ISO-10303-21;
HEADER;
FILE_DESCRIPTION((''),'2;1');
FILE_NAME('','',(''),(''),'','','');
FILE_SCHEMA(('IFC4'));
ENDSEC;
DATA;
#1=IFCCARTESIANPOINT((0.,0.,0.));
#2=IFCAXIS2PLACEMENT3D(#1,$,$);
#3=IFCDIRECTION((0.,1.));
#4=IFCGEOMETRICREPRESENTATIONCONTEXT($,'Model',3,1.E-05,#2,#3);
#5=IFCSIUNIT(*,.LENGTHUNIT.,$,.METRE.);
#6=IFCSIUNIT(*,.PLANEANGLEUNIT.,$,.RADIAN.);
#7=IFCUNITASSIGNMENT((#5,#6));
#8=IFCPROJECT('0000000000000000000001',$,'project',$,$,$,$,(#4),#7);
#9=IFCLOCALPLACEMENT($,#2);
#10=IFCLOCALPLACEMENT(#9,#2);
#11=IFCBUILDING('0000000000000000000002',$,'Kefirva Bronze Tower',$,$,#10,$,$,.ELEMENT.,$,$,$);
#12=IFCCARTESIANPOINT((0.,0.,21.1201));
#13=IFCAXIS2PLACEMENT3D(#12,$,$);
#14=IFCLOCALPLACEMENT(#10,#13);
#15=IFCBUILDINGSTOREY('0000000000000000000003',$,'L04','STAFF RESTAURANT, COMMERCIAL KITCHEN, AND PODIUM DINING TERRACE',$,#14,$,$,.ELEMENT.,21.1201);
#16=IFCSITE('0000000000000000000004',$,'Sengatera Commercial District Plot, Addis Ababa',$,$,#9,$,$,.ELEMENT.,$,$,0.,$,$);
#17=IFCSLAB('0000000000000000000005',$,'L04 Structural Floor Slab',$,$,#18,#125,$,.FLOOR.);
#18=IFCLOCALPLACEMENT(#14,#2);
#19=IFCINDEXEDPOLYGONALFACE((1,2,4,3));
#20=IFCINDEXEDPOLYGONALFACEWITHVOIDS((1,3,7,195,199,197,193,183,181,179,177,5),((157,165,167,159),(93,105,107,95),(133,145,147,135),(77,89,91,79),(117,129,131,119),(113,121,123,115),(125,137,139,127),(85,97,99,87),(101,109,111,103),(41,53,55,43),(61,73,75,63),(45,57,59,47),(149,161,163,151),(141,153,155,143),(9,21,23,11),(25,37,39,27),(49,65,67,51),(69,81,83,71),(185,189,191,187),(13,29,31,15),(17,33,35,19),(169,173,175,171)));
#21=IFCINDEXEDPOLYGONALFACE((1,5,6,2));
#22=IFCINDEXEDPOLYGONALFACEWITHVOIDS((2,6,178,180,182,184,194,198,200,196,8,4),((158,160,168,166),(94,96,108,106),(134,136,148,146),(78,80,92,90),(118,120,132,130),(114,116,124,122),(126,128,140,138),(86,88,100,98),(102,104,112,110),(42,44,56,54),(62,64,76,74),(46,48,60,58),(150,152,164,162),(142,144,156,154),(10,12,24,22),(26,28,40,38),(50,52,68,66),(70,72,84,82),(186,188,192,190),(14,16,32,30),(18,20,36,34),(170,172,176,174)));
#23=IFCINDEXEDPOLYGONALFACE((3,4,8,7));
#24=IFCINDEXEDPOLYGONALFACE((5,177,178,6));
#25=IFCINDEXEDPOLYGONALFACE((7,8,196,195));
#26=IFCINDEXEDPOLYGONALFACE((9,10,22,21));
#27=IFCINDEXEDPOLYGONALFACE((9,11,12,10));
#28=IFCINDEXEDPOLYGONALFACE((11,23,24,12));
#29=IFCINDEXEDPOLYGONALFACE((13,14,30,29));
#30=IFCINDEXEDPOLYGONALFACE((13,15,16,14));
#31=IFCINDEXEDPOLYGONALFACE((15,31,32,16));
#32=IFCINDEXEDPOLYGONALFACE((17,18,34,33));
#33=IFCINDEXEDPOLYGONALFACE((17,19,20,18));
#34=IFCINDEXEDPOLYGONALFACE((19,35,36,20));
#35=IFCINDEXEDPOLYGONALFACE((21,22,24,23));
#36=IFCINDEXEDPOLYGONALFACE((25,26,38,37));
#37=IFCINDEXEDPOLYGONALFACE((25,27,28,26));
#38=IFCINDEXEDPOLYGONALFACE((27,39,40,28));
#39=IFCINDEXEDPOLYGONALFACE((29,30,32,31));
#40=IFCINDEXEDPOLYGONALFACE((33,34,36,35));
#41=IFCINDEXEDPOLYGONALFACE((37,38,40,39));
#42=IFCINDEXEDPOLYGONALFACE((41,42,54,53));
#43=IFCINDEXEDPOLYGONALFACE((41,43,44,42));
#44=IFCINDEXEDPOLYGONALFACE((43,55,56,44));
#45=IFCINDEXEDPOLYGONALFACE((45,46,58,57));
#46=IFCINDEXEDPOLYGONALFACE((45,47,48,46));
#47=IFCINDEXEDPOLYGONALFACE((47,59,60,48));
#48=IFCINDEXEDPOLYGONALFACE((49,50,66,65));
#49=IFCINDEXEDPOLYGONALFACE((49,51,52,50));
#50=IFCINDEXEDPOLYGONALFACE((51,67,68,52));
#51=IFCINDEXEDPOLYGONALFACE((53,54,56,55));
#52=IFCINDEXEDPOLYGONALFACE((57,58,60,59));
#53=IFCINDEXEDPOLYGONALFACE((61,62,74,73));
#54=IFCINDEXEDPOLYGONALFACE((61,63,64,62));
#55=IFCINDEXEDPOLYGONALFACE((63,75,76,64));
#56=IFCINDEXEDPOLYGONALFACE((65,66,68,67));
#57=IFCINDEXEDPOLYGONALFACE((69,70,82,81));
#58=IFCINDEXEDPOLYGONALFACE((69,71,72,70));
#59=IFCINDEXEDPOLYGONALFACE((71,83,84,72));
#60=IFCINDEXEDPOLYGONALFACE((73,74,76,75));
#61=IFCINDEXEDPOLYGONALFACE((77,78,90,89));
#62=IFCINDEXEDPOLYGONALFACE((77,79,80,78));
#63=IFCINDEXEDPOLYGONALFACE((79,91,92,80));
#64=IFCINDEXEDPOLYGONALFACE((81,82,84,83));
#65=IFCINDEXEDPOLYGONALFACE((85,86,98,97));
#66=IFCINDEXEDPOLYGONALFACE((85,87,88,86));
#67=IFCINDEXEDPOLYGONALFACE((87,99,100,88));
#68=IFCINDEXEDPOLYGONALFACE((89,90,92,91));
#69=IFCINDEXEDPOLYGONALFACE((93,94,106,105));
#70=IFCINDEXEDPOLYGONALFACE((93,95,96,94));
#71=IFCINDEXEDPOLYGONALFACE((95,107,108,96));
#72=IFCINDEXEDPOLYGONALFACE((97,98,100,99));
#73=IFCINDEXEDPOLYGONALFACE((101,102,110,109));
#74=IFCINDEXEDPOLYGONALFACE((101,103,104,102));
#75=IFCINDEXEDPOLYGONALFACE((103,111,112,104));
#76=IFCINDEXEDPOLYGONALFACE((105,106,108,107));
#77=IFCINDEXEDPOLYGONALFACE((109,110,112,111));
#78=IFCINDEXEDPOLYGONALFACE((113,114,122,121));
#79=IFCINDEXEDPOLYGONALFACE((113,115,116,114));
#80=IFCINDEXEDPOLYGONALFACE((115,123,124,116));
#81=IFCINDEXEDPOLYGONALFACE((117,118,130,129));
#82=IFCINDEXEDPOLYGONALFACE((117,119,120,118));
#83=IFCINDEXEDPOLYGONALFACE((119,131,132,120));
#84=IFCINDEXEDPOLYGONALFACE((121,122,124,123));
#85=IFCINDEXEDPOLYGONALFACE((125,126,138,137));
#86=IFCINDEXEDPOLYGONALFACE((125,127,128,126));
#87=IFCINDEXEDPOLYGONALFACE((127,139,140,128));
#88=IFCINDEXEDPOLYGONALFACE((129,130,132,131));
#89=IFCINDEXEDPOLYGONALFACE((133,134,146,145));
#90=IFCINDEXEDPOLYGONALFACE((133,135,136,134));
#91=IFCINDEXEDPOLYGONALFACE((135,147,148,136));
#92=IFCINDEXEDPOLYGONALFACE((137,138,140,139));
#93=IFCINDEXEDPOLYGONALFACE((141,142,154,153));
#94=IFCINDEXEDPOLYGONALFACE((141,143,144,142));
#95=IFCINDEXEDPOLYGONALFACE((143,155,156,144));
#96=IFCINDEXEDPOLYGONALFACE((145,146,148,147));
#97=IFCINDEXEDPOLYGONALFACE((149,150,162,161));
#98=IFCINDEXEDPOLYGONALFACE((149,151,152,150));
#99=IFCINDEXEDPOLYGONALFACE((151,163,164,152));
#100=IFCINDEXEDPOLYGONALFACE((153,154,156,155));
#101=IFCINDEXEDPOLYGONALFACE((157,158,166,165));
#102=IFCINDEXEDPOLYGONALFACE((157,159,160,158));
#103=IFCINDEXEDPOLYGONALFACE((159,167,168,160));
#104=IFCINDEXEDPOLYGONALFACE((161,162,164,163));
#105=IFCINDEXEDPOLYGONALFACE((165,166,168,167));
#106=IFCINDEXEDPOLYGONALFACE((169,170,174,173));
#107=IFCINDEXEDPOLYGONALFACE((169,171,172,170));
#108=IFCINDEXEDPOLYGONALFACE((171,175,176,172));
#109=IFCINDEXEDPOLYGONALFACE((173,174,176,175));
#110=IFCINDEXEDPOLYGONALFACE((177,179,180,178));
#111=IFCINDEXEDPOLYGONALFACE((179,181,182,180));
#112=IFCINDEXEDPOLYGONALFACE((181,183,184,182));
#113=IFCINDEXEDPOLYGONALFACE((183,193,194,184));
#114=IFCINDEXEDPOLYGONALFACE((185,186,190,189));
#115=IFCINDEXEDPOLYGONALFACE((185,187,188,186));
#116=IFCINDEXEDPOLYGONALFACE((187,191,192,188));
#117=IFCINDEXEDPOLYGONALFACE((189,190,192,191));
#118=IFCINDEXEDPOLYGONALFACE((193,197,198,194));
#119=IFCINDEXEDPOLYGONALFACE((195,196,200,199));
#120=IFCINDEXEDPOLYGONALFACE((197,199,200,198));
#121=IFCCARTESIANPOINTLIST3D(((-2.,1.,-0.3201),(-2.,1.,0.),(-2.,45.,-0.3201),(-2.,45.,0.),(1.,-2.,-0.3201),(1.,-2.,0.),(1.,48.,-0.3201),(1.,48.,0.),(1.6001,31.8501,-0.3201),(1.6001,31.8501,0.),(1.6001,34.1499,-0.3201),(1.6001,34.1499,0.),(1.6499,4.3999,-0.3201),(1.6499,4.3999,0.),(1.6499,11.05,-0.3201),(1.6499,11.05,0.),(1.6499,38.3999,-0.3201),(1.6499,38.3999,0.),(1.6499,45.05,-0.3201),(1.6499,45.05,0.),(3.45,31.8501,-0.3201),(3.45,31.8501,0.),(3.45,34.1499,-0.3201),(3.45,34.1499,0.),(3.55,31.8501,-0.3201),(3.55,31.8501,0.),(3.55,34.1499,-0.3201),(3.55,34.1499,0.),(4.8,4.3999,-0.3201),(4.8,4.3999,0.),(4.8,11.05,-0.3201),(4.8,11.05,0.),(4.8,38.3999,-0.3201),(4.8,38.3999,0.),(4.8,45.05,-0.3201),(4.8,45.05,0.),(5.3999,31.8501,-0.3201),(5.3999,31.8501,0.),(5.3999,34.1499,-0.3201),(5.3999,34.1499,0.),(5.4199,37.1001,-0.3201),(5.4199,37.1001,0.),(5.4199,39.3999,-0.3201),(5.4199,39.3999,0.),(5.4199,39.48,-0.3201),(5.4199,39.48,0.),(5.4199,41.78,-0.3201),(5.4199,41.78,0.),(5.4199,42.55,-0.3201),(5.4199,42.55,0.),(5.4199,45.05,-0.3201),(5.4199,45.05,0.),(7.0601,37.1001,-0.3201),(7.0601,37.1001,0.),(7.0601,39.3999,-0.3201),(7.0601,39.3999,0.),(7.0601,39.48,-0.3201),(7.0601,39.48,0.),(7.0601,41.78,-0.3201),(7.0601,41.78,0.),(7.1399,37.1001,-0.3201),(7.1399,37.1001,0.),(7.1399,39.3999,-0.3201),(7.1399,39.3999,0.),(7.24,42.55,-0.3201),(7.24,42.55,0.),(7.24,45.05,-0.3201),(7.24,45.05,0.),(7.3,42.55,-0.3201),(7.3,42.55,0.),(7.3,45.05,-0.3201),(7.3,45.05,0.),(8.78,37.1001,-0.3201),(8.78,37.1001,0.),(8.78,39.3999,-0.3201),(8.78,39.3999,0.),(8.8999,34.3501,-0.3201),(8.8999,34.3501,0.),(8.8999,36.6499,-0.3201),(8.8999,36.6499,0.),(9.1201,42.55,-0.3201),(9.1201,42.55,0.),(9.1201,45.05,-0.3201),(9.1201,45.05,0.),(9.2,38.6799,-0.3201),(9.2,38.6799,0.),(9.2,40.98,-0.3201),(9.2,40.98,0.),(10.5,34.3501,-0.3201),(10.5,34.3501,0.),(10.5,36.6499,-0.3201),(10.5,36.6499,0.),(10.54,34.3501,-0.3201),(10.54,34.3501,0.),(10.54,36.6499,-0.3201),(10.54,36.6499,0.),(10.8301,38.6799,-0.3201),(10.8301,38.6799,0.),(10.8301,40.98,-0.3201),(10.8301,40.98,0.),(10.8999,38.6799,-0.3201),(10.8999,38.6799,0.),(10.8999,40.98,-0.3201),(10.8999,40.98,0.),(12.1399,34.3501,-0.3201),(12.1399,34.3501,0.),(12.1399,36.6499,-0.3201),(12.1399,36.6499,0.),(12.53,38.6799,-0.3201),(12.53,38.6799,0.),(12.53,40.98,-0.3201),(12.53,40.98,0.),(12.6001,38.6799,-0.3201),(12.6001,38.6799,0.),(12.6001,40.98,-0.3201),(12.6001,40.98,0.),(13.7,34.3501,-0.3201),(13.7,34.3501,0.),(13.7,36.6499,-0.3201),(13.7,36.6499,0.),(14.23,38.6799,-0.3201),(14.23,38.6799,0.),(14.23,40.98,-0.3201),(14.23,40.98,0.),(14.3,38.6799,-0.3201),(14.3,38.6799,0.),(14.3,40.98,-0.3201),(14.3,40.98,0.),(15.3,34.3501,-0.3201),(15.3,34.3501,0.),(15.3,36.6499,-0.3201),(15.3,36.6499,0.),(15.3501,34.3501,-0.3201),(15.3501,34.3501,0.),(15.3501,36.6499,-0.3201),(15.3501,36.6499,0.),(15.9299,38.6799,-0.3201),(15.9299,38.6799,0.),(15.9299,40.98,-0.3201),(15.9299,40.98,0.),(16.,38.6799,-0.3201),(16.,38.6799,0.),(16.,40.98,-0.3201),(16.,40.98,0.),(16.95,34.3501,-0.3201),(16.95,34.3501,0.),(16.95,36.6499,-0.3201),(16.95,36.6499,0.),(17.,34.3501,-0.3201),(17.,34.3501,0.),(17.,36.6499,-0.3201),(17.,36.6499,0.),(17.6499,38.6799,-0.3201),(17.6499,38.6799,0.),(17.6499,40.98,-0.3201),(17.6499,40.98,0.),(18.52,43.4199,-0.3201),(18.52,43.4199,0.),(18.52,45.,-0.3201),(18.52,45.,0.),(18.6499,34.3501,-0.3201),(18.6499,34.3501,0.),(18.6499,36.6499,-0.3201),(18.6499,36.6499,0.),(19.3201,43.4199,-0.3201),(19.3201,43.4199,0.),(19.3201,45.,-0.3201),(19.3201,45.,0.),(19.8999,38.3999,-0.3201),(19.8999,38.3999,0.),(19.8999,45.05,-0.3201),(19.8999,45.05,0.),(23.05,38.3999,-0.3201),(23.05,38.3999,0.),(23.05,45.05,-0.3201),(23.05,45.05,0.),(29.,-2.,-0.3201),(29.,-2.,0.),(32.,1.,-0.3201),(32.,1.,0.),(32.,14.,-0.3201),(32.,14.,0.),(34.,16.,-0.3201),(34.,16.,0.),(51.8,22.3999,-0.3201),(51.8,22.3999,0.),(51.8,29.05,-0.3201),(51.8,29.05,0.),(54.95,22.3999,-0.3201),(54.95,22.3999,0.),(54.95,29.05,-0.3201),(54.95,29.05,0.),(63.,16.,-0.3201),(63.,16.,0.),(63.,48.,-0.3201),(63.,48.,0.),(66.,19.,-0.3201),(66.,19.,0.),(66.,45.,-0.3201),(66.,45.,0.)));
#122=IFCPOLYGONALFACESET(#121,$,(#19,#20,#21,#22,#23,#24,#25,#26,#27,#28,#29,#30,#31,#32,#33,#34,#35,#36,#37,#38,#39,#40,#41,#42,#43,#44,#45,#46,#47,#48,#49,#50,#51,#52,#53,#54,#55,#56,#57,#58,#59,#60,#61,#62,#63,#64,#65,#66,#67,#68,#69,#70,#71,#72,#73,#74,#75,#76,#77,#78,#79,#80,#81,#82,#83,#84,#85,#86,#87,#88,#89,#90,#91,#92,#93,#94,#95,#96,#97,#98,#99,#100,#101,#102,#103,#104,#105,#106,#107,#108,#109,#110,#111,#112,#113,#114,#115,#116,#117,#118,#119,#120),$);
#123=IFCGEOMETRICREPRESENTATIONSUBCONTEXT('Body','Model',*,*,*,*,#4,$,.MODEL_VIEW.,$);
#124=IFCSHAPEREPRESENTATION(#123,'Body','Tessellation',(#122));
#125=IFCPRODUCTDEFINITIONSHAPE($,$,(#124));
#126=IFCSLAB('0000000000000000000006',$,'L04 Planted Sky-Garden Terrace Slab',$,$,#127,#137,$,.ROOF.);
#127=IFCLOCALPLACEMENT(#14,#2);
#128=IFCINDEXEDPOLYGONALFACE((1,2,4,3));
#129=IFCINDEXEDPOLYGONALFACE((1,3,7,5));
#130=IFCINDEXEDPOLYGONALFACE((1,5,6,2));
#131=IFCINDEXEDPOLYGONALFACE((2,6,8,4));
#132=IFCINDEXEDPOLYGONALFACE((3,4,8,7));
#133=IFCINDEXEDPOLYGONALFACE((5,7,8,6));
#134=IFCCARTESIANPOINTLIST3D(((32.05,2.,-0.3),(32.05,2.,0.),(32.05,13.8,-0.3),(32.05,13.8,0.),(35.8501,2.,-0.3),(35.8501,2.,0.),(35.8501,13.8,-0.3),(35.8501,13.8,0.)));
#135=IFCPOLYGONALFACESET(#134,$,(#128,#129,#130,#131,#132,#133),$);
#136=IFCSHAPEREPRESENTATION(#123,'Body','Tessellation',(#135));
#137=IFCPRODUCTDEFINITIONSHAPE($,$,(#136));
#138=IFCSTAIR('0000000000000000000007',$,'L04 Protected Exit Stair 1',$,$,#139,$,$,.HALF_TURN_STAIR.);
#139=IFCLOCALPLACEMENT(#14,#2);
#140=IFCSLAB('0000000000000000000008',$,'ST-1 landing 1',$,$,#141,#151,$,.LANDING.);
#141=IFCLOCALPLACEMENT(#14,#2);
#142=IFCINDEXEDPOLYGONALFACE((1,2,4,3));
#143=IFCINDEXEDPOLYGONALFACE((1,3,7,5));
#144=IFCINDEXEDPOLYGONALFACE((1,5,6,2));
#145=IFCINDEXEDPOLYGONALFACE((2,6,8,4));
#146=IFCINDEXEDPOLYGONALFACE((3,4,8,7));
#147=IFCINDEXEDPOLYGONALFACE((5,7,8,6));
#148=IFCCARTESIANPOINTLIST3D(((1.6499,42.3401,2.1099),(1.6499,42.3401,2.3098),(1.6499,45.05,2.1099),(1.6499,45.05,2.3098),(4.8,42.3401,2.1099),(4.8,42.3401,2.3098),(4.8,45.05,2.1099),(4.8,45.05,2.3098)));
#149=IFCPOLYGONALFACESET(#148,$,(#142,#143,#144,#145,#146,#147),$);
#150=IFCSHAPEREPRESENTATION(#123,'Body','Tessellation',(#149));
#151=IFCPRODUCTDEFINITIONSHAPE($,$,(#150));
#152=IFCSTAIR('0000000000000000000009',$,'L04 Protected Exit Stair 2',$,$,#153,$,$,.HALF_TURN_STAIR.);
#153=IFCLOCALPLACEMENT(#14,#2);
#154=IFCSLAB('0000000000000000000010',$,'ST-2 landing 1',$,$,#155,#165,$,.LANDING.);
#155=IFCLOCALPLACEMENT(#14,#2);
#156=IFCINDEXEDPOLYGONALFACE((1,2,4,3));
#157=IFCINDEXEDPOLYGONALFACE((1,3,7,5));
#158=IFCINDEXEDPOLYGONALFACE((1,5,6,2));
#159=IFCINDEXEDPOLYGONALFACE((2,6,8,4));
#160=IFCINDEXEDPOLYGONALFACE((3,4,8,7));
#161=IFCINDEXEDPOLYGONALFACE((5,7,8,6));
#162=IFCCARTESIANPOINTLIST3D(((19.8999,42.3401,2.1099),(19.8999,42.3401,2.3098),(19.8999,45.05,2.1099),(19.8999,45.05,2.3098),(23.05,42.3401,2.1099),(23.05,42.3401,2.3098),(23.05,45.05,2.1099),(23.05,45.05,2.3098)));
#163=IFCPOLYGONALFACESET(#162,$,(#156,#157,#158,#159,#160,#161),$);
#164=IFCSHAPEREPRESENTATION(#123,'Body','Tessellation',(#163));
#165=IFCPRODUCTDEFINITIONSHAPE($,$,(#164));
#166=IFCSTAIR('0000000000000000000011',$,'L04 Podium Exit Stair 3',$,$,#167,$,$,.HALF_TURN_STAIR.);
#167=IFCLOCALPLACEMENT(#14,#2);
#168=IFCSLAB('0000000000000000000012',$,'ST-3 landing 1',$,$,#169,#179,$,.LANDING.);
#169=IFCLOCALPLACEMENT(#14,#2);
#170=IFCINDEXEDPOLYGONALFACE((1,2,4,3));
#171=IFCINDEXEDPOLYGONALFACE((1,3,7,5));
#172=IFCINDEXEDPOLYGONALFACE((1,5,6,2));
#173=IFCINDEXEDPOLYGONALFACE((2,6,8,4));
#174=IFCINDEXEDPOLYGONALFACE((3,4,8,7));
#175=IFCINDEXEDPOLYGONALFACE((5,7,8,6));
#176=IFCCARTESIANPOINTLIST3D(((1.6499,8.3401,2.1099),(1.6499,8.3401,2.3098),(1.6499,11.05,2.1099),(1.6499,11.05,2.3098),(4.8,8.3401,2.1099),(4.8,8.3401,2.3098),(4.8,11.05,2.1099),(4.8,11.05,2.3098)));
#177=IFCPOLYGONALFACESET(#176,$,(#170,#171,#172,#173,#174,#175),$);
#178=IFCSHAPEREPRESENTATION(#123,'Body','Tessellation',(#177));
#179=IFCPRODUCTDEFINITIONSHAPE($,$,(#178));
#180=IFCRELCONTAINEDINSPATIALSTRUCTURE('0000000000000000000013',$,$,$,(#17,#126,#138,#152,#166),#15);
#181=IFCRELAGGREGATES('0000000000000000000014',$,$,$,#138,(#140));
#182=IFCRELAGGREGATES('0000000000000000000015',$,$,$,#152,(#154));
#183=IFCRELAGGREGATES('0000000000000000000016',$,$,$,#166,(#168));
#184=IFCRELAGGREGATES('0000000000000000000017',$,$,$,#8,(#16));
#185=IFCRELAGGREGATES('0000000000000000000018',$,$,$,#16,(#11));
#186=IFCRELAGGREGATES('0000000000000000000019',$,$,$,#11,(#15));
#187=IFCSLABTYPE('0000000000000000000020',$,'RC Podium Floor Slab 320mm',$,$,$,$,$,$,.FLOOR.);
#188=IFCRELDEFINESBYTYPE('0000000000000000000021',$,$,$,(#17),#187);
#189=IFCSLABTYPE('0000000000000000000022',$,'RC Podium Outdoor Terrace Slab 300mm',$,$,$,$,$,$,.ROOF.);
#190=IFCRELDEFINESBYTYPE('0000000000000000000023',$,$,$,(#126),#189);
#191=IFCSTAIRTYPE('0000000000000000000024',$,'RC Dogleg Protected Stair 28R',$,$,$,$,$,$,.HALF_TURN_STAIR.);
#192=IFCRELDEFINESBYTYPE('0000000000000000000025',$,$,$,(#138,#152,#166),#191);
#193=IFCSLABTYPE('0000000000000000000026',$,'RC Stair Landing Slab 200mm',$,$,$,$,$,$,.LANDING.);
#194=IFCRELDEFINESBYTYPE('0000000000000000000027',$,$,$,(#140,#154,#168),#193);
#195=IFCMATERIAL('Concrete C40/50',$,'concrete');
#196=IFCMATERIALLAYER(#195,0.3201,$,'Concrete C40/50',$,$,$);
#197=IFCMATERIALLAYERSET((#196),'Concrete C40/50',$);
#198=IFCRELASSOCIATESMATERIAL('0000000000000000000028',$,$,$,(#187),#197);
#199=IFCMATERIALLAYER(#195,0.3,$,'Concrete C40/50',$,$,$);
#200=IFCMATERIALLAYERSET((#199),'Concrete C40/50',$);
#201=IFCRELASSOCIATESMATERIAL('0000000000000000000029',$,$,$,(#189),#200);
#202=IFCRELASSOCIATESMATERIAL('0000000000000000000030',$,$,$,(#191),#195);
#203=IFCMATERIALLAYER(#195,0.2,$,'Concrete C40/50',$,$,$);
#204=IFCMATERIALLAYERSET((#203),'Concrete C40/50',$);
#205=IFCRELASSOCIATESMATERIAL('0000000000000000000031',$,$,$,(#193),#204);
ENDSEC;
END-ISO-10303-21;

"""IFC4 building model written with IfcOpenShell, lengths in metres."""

from ifc_helpers import new_model, si_unit, direction, frame, origin, place, context, subcontext, project, spatial, polyline, outline, extrude, material, layer, layer_set, type_object, element, aggregate, save


model = new_model("IFC4")

# Units and contexts
model_context = context("Model", 3, precision=1e-05, world=origin(), true_north=direction((0.0, 1.0)))
body_context = subcontext(model_context, "Body", "Model", "MODEL_VIEW")
ifc_project = project(units=[si_unit("LENGTHUNIT", "METRE"), si_unit("PLANEANGLEUNIT", "RADIAN")], contexts=[model_context])

# Site, building, storey
site_placement = place(None, origin())
site = spatial("IfcSite", under=ifc_project, at=site_placement, Name="Sengatera Commercial District Plot, Addis Ababa", CompositionType="ELEMENT", RefElevation=0.0)
building_placement = place(site_placement, origin())
building = spatial("IfcBuilding", under=site, at=building_placement, Name="Kefirva Bronze Tower", CompositionType="ELEMENT")
storey_placement = place(building_placement, frame((0.0, 0.0, 21.1201)))
storey = spatial("IfcBuildingStorey", under=building, at=storey_placement, Name="L04", Description="STAFF RESTAURANT, COMMERCIAL KITCHEN, AND PODIUM DINING TERRACE", CompositionType="ELEMENT", Elevation=21.1201)

# Slabs
ifc_material_1 = material(Name="Concrete C40/50", Category="concrete")
ifc_layer_1 = layer(ifc_material_1, 0.3201, Name="Concrete C40/50")
ifc_layer_set_1 = layer_set([ifc_layer_1], Name="Concrete C40/50")
slab_type_1 = type_object("IfcSlabType", Name="RC Podium Floor Slab 320mm", PredefinedType="FLOOR", material=ifc_layer_set_1)
slab_1_placement = place(storey_placement, frame((0.0, 0.0, -0.3201)))
element("IfcSlab", 1, at=slab_1_placement, inside=storey, type_object=slab_type_1, Name="L04 Structural Floor Slab", PredefinedType="FLOOR", context=body_context, shape_type="SweptSolid", body=[
    extrude(outline(polyline([(-2.0, 1.0), (-2.0, 45.0), (1.0, 48.0), (63.0, 48.0), (66.0, 45.0), (66.0, 19.0), (63.0, 16.0), (34.0, 16.0), (32.0, 14.0), (32.0, 1.0), (29.0, -2.0), (1.0, -2.0), (-2.0, 1.0)]), holes=[polyline([(54.95, 22.3999), (54.95, 29.05), (51.8, 29.05), (51.8, 22.3999), (54.95, 22.3999)]), polyline([(19.8999, 38.3999), (23.05, 38.3999), (23.05, 45.05), (19.8999, 45.05), (19.8999, 38.3999)]), polyline([(18.52, 43.4199), (19.3201, 43.4199), (19.3201, 45.0), (18.52, 45.0), (18.52, 43.4199)]), polyline([(17.0, 34.3501), (18.6499, 34.3501), (18.6499, 36.6499), (17.0, 36.6499), (17.0, 34.3501)]), polyline([(17.6499, 38.6799), (17.6499, 40.98), (16.0, 40.98), (16.0, 38.6799), (17.6499, 38.6799)]), polyline([(15.3501, 34.3501), (16.95, 34.3501), (16.95, 36.6499), (15.3501, 36.6499), (15.3501, 34.3501)]), polyline([(14.3, 38.6799), (15.9299, 38.6799), (15.9299, 40.98), (14.3, 40.98), (14.3, 38.6799)]), polyline([(15.3, 34.3501), (15.3, 36.6499), (13.7, 36.6499), (13.7, 34.3501), (15.3, 34.3501)]), polyline([(12.6001, 38.6799), (14.23, 38.6799), (14.23, 40.98), (12.6001, 40.98), (12.6001, 38.6799)]), polyline([(12.53, 38.6799), (12.53, 40.98), (10.8999, 40.98), (10.8999, 38.6799), (12.53, 38.6799)]), polyline([(12.1399, 34.3501), (12.1399, 36.6499), (10.54, 36.6499), (10.54, 34.3501), (12.1399, 34.3501)]), polyline([(9.2, 38.6799), (10.8301, 38.6799), (10.8301, 40.98), (9.2, 40.98), (9.2, 38.6799)]), polyline([(8.8999, 34.3501), (10.5, 34.3501), (10.5, 36.6499), (8.8999, 36.6499), (8.8999, 34.3501)]), polyline([(7.3, 42.55), (9.1201, 42.55), (9.1201, 45.05), (7.3, 45.05), (7.3, 42.55)]), polyline([(8.78, 37.1001), (8.78, 39.3999), (7.1399, 39.3999), (7.1399, 37.1001), (8.78, 37.1001)]), polyline([(5.4199, 42.55), (7.24, 42.55), (7.24, 45.05), (5.4199, 45.05), (5.4199, 42.55)]), polyline([(5.4199, 39.48), (7.0601, 39.48), (7.0601, 41.78), (5.4199, 41.78), (5.4199, 39.48)]), polyline([(5.4199, 37.1001), (7.0601, 37.1001), (7.0601, 39.3999), (5.4199, 39.3999), (5.4199, 37.1001)]), polyline([(5.3999, 31.8501), (5.3999, 34.1499), (3.55, 34.1499), (3.55, 31.8501), (5.3999, 31.8501)]), polyline([(4.8, 38.3999), (4.8, 45.05), (1.6499, 45.05), (1.6499, 38.3999), (4.8, 38.3999)]), polyline([(4.8, 4.3999), (4.8, 11.05), (1.6499, 11.05), (1.6499, 4.3999), (4.8, 4.3999)]), polyline([(3.45, 31.8501), (3.45, 34.1499), (1.6001, 34.1499), (1.6001, 31.8501), (3.45, 31.8501)])]), origin(), (0.0, 0.0, 1.0), 0.3201),
])
ifc_layer_2 = layer(ifc_material_1, 0.3, Name="Concrete C40/50")
ifc_layer_set_2 = layer_set([ifc_layer_2], Name="Concrete C40/50")
slab_type_2 = type_object("IfcSlabType", Name="RC Podium Outdoor Terrace Slab 300mm", PredefinedType="ROOF", material=ifc_layer_set_2)
slab_2_placement = place(storey_placement, frame((0.0, 0.0, -0.3)))
element("IfcSlab", 2, at=slab_2_placement, inside=storey, type_object=slab_type_2, Name="L04 Planted Sky-Garden Terrace Slab", PredefinedType="ROOF", context=body_context, shape_type="SweptSolid", body=[
    extrude(outline(polyline([(32.05, 2.0), (35.8501, 2.0), (35.8501, 13.8), (32.05, 13.8), (32.05, 2.0)])), origin(), (0.0, 0.0, 1.0), 0.3),
])

# Stairs, slabs
stair_type = type_object("IfcStairType", Name="RC Dogleg Protected Stair 28R", PredefinedType="HALF_TURN_STAIR", material=ifc_material_1)
stair_1_placement = place(storey_placement, origin())
stair_1 = element("IfcStair", 3, at=stair_1_placement, inside=storey, type_object=stair_type, Name="L04 Protected Exit Stair 1", PredefinedType="HALF_TURN_STAIR")
ifc_layer_3 = layer(ifc_material_1, 0.2, Name="Concrete C40/50")
ifc_layer_set_3 = layer_set([ifc_layer_3], Name="Concrete C40/50")
slab_type_3 = type_object("IfcSlabType", Name="RC Stair Landing Slab 200mm", PredefinedType="LANDING", material=ifc_layer_set_3)
slab_3_placement = place(storey_placement, frame((0.0, 0.0, 2.1099)))
slab_3 = element("IfcSlab", 4, at=slab_3_placement, type_object=slab_type_3, Name="ST-1 landing 1", PredefinedType="LANDING", context=body_context, shape_type="SweptSolid", body=[
    extrude(outline(polyline([(4.8, 42.3401), (4.8, 45.05), (1.6499, 45.05), (1.6499, 42.3401), (4.8, 42.3401)])), origin(), (0.0, 0.0, 1.0), 0.2),
])
aggregate(stair_1, [slab_3])
stair_2_placement = place(storey_placement, origin())
stair_2 = element("IfcStair", 5, at=stair_2_placement, inside=storey, type_object=stair_type, Name="L04 Protected Exit Stair 2", PredefinedType="HALF_TURN_STAIR")
slab_4_placement = place(storey_placement, frame((0.0, 0.0, 2.1099)))
slab_4 = element("IfcSlab", 6, at=slab_4_placement, type_object=slab_type_3, Name="ST-2 landing 1", PredefinedType="LANDING", context=body_context, shape_type="SweptSolid", body=[
    extrude(outline(polyline([(23.05, 42.3401), (23.05, 45.05), (19.8999, 45.05), (19.8999, 42.3401), (23.05, 42.3401)])), origin(), (0.0, 0.0, 1.0), 0.2),
])
aggregate(stair_2, [slab_4])
stair_3_placement = place(storey_placement, origin())
stair_3 = element("IfcStair", 7, at=stair_3_placement, inside=storey, type_object=stair_type, Name="L04 Podium Exit Stair 3", PredefinedType="HALF_TURN_STAIR")
slab_5_placement = place(storey_placement, frame((0.0, 0.0, 2.1099)))
slab_5 = element("IfcSlab", 8, at=slab_5_placement, type_object=slab_type_3, Name="ST-3 landing 1", PredefinedType="LANDING", context=body_context, shape_type="SweptSolid", body=[
    extrude(outline(polyline([(4.8, 8.3401), (4.8, 11.05), (1.6499, 11.05), (1.6499, 8.3401), (4.8, 8.3401)])), origin(), (0.0, 0.0, 1.0), 0.2),
])
aggregate(stair_3, [slab_5])

save(model, "model.ifc")
